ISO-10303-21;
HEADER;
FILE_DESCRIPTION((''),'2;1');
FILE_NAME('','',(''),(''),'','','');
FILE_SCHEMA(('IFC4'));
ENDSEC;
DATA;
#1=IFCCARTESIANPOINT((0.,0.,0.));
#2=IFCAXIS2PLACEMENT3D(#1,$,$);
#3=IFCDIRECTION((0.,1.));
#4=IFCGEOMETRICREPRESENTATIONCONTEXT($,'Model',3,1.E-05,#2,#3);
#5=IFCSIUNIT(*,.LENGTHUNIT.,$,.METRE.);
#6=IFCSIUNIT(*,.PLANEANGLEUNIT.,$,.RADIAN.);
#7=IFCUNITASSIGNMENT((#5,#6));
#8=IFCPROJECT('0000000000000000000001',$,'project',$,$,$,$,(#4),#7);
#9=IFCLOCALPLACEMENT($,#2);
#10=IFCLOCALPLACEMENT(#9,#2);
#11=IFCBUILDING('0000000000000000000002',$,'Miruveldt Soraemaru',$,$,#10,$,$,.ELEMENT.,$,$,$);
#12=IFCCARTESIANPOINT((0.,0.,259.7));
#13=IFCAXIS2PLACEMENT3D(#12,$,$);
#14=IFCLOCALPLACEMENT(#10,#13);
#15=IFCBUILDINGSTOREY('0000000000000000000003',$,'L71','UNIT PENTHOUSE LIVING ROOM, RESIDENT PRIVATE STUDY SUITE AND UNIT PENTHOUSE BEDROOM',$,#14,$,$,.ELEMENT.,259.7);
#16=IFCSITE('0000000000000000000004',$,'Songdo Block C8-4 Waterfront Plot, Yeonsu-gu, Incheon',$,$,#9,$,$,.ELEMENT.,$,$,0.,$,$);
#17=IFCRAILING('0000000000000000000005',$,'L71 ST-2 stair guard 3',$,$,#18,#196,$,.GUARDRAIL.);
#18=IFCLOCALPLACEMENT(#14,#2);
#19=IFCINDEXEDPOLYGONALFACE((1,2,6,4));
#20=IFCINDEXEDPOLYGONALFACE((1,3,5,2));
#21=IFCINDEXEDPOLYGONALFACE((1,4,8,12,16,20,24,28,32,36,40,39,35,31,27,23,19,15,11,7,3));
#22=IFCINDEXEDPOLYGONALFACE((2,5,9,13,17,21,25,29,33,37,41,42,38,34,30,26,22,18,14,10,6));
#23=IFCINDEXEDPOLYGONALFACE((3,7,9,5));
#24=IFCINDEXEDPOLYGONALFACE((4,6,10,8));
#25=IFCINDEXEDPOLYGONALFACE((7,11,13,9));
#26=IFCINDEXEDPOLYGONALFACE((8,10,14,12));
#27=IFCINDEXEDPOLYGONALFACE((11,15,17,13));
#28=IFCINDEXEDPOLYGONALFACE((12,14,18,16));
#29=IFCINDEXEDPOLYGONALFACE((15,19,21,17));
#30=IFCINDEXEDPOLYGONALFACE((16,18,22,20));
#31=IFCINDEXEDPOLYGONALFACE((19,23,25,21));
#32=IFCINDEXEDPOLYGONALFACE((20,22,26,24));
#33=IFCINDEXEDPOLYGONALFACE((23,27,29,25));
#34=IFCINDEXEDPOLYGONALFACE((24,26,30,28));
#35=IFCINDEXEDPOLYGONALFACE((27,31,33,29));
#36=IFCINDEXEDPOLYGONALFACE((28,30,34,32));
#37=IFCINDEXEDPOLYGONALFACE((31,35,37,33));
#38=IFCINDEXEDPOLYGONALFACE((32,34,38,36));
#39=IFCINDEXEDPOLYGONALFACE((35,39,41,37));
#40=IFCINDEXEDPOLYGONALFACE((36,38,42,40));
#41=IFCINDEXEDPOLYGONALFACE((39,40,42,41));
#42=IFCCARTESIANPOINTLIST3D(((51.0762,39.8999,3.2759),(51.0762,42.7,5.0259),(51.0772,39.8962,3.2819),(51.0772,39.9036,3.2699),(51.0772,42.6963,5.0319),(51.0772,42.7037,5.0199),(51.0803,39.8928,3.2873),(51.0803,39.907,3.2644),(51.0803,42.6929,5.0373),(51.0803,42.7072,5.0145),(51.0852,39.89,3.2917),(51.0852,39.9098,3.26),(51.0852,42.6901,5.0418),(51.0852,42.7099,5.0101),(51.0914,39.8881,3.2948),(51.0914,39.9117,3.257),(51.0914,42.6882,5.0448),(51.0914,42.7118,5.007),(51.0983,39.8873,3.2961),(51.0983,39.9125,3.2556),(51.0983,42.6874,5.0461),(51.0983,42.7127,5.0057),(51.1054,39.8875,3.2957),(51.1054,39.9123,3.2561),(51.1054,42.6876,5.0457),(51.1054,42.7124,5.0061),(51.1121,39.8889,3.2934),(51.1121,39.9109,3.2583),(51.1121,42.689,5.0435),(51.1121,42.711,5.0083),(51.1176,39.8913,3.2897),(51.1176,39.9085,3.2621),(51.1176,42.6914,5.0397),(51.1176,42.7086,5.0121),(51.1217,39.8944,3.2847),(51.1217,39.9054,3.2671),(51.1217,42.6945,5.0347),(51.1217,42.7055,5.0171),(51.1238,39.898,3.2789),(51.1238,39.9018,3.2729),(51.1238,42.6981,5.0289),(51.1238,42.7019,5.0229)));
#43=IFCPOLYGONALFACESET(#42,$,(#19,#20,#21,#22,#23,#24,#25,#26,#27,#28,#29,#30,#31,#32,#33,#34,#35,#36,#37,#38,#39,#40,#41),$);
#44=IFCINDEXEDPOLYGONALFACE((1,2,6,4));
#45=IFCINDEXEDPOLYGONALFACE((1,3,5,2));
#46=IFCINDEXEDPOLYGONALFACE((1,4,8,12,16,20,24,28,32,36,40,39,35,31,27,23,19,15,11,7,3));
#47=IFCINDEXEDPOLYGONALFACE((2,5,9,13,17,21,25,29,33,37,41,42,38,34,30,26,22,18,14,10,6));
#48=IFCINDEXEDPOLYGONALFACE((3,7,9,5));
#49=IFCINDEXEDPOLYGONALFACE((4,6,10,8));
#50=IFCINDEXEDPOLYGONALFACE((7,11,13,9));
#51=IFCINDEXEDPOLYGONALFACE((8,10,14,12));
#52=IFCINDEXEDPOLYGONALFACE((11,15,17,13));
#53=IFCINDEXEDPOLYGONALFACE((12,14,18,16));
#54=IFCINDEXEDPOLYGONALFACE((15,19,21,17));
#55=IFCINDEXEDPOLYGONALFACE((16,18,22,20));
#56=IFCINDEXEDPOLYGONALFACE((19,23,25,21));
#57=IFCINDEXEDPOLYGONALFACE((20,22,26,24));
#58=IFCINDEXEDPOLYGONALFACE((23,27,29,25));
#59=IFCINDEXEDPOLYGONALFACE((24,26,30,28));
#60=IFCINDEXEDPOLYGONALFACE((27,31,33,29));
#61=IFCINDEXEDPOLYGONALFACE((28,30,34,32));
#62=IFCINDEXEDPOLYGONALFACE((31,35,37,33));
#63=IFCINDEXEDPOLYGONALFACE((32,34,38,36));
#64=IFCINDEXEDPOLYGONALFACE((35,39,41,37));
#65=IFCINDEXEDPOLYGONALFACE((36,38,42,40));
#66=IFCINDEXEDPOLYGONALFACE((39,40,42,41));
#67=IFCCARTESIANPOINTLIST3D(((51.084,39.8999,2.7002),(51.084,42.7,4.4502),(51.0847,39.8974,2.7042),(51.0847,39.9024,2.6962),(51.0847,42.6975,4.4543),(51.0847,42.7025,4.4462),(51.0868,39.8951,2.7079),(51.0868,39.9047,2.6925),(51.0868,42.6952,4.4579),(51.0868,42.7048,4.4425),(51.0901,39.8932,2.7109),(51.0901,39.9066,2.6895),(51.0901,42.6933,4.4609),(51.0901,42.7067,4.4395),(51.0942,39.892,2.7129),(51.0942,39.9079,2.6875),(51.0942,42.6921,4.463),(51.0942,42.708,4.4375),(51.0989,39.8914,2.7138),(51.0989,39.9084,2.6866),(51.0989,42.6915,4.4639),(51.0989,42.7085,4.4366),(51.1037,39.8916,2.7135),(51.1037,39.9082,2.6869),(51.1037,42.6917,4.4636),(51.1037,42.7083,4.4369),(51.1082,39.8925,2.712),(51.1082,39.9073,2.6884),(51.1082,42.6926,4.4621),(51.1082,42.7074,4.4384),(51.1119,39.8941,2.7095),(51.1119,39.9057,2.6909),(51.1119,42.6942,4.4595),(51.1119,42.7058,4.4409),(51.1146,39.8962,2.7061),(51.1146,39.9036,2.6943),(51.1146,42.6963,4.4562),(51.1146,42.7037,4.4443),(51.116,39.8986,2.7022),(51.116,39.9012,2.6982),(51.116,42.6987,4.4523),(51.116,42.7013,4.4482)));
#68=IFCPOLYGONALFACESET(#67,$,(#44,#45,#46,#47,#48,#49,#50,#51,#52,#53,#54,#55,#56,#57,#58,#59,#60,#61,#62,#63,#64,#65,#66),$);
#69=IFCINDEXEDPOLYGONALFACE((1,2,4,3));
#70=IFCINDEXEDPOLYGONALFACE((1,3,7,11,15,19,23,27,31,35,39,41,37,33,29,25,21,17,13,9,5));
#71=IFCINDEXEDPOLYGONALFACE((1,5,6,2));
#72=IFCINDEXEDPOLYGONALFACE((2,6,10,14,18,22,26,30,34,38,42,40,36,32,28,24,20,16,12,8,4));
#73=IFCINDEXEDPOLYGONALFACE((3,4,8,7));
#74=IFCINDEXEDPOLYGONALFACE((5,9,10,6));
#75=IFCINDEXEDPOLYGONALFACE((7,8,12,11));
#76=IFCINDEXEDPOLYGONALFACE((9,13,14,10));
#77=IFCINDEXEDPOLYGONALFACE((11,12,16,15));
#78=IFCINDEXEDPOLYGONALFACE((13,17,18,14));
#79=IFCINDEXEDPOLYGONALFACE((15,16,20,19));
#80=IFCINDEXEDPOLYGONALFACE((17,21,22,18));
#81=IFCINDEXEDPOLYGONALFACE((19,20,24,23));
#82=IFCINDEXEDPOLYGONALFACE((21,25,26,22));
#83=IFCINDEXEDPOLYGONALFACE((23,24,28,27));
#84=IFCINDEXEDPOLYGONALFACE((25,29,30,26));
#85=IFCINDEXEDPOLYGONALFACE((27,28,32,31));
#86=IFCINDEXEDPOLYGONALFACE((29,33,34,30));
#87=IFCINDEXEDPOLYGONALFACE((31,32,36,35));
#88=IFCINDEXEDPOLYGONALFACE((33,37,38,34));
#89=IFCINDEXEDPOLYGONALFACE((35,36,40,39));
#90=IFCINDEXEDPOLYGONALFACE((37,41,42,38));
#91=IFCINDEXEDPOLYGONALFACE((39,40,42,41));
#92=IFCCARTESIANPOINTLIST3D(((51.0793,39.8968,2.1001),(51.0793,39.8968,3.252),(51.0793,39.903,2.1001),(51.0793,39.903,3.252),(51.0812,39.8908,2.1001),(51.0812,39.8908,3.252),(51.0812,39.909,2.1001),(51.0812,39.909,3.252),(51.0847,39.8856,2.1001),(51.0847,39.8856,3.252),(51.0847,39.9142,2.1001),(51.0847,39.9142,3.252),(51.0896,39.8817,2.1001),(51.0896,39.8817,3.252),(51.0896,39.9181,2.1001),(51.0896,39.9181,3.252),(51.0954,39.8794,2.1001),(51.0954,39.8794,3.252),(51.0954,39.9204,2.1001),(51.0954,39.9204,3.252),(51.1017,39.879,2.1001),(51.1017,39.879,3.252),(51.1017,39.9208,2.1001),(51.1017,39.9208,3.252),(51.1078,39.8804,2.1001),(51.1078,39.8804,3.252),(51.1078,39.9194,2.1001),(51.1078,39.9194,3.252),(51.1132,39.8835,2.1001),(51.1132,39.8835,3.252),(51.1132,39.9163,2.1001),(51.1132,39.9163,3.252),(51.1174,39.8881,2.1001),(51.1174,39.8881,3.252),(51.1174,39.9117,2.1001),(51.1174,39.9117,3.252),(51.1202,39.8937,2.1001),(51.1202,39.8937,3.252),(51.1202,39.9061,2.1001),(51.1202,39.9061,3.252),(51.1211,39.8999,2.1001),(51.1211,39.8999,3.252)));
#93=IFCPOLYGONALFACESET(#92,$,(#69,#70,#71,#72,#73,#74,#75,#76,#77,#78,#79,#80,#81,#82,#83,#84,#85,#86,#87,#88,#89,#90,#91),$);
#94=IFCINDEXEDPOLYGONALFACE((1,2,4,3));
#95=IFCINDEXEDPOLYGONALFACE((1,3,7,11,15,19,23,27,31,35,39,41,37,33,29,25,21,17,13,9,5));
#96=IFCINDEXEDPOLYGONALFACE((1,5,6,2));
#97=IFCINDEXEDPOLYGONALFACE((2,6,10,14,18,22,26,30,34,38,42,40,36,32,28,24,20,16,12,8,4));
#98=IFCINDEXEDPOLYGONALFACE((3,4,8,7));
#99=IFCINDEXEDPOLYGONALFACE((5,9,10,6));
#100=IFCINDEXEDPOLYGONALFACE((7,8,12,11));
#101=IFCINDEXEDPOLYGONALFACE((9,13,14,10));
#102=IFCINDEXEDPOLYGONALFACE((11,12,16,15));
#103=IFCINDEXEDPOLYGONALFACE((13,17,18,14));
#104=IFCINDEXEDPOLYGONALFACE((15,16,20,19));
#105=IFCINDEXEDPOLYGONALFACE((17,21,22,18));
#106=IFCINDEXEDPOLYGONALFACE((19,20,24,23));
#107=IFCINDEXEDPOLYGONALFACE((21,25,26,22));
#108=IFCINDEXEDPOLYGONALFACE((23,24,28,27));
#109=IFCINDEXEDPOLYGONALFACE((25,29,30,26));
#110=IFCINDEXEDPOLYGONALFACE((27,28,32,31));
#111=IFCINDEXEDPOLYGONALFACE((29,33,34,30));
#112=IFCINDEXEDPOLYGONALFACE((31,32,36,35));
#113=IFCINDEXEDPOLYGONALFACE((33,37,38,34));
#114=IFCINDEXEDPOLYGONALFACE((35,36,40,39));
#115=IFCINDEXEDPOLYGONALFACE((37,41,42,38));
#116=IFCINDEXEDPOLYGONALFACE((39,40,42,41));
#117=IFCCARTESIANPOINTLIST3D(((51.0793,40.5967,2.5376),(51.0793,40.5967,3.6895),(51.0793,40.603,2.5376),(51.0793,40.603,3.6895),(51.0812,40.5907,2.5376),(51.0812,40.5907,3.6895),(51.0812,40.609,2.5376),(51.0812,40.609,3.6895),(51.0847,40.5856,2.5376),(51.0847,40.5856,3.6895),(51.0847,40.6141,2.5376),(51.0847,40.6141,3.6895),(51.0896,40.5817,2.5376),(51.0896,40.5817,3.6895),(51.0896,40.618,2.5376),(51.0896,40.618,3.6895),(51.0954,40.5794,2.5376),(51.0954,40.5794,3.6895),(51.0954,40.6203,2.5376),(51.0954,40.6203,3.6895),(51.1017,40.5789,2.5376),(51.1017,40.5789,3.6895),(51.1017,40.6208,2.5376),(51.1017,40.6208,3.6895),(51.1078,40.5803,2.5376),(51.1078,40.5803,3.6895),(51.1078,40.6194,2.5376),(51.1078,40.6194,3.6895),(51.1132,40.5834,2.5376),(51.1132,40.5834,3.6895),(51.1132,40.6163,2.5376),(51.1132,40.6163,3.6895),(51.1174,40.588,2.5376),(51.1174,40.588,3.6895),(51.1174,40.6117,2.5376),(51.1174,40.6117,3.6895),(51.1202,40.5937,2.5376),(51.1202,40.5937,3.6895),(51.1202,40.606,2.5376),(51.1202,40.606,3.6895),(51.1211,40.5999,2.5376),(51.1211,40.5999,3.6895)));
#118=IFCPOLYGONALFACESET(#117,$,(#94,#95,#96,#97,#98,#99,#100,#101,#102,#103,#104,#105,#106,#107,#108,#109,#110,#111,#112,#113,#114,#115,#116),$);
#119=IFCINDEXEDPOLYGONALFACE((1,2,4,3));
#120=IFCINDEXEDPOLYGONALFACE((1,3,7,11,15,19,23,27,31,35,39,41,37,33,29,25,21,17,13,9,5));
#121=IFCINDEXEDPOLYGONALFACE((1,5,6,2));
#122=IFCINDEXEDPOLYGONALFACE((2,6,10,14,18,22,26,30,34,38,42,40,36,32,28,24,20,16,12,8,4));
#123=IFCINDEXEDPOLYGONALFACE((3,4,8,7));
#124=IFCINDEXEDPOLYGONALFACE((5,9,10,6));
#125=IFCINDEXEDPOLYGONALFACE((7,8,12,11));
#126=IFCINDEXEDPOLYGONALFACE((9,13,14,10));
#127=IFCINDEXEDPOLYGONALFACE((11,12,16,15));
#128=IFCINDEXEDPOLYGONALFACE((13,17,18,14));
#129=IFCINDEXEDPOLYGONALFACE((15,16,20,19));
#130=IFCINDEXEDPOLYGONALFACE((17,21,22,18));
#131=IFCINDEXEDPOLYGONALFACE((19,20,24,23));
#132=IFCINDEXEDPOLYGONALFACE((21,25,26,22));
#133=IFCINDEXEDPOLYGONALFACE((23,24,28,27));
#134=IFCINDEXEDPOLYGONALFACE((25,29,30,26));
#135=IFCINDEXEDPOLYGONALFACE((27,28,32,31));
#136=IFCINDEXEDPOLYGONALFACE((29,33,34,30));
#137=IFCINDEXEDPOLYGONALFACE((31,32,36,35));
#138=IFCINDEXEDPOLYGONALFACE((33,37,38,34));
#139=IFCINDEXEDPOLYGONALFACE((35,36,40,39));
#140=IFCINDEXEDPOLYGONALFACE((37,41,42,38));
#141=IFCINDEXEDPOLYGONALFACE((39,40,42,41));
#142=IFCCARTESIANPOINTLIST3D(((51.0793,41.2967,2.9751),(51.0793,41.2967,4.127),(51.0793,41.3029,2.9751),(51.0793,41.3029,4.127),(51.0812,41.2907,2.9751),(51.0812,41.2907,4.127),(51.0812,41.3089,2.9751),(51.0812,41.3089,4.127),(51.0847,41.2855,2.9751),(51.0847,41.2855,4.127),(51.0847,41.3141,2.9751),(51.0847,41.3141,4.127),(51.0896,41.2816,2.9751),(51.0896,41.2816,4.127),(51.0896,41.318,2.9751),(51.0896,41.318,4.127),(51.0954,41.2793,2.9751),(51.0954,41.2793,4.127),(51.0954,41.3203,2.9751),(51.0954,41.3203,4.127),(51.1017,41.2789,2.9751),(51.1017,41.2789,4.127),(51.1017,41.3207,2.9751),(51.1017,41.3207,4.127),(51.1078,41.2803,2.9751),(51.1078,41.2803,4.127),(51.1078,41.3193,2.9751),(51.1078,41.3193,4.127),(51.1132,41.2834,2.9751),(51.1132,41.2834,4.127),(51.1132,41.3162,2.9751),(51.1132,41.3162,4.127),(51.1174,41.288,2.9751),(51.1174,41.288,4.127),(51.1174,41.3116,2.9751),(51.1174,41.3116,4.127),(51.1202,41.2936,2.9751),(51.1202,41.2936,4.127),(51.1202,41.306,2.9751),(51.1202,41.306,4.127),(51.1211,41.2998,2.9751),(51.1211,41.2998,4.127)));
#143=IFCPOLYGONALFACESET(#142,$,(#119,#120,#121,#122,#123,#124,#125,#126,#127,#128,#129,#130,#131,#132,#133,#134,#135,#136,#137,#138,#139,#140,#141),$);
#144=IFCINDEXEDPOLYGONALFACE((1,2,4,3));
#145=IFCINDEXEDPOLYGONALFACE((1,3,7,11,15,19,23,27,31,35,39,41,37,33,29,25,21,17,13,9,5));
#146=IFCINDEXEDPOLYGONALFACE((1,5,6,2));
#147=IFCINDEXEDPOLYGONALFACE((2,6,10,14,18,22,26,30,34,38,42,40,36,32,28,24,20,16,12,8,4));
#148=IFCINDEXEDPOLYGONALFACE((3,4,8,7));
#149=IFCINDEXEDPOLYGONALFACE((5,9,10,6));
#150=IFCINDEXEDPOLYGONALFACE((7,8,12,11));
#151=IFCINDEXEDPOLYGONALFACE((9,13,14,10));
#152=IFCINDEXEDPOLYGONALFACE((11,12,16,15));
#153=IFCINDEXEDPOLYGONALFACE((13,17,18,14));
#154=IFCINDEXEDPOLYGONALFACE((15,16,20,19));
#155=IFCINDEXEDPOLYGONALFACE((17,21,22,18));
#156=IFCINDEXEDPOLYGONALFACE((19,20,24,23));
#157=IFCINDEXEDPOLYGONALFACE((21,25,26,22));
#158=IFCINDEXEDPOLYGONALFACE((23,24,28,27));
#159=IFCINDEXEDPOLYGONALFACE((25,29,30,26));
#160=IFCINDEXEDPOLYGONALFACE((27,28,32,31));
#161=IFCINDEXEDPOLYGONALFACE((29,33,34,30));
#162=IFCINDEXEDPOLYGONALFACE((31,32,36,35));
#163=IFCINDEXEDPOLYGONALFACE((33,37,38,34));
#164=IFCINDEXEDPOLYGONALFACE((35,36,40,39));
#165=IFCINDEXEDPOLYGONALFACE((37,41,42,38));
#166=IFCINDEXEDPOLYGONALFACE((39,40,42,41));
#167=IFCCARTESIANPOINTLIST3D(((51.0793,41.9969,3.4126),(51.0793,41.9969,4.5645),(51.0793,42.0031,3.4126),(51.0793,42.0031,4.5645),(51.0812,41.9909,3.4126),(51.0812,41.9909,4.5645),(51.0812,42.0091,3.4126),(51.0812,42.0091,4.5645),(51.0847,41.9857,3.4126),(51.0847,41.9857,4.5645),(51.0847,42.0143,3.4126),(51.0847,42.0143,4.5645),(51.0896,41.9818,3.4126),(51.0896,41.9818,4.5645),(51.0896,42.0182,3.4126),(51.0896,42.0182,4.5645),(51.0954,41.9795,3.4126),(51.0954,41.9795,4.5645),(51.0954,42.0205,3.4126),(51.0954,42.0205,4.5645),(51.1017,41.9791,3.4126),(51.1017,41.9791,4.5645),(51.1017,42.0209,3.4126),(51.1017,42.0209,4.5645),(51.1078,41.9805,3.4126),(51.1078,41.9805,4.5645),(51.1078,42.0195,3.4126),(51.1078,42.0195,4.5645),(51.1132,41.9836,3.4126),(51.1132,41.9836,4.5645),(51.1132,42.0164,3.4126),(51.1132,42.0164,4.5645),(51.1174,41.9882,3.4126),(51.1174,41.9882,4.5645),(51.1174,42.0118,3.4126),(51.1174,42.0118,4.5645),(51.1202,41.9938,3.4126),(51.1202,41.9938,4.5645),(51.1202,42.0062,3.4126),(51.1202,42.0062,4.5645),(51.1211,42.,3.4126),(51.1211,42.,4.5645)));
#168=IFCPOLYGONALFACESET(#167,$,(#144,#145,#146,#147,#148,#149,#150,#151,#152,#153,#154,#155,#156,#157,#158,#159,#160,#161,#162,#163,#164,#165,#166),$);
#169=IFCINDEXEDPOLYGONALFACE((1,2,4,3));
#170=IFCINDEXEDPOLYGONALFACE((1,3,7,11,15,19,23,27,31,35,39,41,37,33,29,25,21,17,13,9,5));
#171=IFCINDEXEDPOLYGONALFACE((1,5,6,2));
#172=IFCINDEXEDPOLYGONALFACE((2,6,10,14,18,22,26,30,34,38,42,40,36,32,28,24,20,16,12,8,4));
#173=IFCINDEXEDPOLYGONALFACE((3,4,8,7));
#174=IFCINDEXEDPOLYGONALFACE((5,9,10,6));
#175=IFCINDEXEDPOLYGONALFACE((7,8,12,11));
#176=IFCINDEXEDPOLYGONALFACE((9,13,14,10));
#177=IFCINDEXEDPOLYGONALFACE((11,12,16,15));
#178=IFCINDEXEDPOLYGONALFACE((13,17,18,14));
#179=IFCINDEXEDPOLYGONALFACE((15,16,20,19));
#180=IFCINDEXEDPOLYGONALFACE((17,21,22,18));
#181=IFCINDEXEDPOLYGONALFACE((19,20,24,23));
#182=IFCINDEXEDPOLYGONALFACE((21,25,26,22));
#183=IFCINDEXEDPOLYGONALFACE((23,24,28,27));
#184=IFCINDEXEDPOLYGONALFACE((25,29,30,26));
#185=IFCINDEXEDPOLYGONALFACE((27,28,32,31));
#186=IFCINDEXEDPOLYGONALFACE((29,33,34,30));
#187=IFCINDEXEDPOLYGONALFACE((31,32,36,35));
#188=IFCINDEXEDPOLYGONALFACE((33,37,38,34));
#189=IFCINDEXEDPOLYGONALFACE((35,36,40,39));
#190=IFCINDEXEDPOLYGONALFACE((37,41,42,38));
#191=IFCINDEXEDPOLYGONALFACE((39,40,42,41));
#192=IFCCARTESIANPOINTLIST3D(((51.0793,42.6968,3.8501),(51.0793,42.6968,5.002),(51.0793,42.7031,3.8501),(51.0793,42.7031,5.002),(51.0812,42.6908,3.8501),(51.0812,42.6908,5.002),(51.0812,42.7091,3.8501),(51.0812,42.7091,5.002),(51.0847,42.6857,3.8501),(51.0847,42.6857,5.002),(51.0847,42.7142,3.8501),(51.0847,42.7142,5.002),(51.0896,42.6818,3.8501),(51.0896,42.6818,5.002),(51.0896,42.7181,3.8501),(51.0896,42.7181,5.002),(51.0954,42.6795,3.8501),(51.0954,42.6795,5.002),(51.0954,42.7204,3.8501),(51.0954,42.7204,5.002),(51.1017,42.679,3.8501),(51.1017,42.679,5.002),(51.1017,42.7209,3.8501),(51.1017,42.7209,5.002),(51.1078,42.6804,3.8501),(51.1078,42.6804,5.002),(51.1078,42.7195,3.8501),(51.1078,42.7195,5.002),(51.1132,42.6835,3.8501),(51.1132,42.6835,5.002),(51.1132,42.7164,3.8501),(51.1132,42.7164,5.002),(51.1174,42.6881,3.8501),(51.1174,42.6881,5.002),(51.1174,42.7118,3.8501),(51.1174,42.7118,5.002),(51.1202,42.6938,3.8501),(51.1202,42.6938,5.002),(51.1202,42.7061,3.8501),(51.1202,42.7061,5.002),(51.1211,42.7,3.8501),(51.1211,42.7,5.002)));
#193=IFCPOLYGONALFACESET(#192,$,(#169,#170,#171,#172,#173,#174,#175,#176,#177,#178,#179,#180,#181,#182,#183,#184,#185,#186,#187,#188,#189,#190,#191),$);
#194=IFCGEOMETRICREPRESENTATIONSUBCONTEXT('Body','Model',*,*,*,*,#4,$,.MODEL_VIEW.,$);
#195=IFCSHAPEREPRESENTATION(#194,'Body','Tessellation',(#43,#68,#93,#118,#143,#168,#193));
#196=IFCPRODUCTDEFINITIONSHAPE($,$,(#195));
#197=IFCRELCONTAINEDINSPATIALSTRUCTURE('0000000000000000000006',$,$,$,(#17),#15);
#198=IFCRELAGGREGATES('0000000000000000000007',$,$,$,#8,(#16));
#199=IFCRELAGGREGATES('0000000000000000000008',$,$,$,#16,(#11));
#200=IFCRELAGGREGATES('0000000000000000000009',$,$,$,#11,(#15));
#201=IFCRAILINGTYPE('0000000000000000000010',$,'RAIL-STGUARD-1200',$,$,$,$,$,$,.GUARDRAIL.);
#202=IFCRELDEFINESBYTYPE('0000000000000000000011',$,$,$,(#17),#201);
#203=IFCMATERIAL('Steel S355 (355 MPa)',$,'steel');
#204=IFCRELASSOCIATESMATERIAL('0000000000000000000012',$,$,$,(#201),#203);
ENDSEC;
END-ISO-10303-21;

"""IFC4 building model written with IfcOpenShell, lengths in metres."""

from ifc_helpers import new_model, si_unit, direction, frame, origin, origin_2d, place, context, subcontext, project, spatial, circle, extrude, material, type_object, element, save


model = new_model("IFC4")

# Units and contexts
model_context = context("Model", 3, precision=1e-05, world=origin(), true_north=direction((0.0, 1.0)))
body_context = subcontext(model_context, "Body", "Model", "MODEL_VIEW")
ifc_project = project(units=[si_unit("LENGTHUNIT", "METRE"), si_unit("PLANEANGLEUNIT", "RADIAN")], contexts=[model_context])

# Site, building, storey
site_placement = place(None, origin())
site = spatial("IfcSite", under=ifc_project, at=site_placement, Name="Songdo Block C8-4 Waterfront Plot, Yeonsu-gu, Incheon", CompositionType="ELEMENT", RefElevation=0.0)
building_placement = place(site_placement, origin())
building = spatial("IfcBuilding", under=site, at=building_placement, Name="Miruveldt Soraemaru", CompositionType="ELEMENT")
storey_placement = place(building_placement, frame((0.0, 0.0, 259.7)))
storey = spatial("IfcBuildingStorey", under=building, at=storey_placement, Name="L71", Description="UNIT PENTHOUSE LIVING ROOM, RESIDENT PRIVATE STUDY SUITE AND UNIT PENTHOUSE BEDROOM", CompositionType="ELEMENT", Elevation=259.7)

# Railing
ifc_material_1 = material(Name="Steel S355 (355 MPa)", Category="steel")
railing_type_1 = type_object("IfcRailingType", Name="RAIL-STGUARD-1200", PredefinedType="GUARDRAIL", material=ifc_material_1)
railing_1_placement = place(storey_placement, frame((51.1001, 39.8999, 2.1001)))
element("IfcRailing", 1, at=railing_1_placement, inside=storey, type_object=railing_type_1, Name="L71 ST-2 stair guard 3", PredefinedType="GUARDRAIL", context=body_context, shape_type="SweptSolid", body=[
    extrude(circle(Radius=0.0239, at=origin_2d()), frame((0.0, 0.0, 1.1758), z_axis=(0.0, 0.848002, 0.529992), x_axis=(-1.0, 0.0, 0.0)), (0.0, 0.0, 1.0), 3.302),
    extrude(circle(Radius=0.0161, at=origin_2d()), frame((0.0, 0.0, 0.6001), z_axis=(0.0, 0.848002, 0.529992), x_axis=(-1.0, 0.0, 0.0)), (0.0, 0.0, 1.0), 3.302),
    extrude(circle(Radius=0.021, at=origin_2d()), origin(), (0.0, 0.0, 1.0), 1.1519),
    extrude(circle(Radius=0.021, at=origin_2d()), frame((0.0, 0.7, 0.4375)), (0.0, 0.0, 1.0), 1.1519),
    extrude(circle(Radius=0.021, at=origin_2d()), frame((0.0, 1.3999, 0.875)), (0.0, 0.0, 1.0), 1.1519),
    extrude(circle(Radius=0.021, at=origin_2d()), frame((0.0, 2.1001, 1.3125)), (0.0, 0.0, 1.0), 1.1519),
    extrude(circle(Radius=0.021, at=origin_2d()), frame((0.0, 2.8, 1.75)), (0.0, 0.0, 1.0), 1.1519),
])

save(model, "model.ifc")
